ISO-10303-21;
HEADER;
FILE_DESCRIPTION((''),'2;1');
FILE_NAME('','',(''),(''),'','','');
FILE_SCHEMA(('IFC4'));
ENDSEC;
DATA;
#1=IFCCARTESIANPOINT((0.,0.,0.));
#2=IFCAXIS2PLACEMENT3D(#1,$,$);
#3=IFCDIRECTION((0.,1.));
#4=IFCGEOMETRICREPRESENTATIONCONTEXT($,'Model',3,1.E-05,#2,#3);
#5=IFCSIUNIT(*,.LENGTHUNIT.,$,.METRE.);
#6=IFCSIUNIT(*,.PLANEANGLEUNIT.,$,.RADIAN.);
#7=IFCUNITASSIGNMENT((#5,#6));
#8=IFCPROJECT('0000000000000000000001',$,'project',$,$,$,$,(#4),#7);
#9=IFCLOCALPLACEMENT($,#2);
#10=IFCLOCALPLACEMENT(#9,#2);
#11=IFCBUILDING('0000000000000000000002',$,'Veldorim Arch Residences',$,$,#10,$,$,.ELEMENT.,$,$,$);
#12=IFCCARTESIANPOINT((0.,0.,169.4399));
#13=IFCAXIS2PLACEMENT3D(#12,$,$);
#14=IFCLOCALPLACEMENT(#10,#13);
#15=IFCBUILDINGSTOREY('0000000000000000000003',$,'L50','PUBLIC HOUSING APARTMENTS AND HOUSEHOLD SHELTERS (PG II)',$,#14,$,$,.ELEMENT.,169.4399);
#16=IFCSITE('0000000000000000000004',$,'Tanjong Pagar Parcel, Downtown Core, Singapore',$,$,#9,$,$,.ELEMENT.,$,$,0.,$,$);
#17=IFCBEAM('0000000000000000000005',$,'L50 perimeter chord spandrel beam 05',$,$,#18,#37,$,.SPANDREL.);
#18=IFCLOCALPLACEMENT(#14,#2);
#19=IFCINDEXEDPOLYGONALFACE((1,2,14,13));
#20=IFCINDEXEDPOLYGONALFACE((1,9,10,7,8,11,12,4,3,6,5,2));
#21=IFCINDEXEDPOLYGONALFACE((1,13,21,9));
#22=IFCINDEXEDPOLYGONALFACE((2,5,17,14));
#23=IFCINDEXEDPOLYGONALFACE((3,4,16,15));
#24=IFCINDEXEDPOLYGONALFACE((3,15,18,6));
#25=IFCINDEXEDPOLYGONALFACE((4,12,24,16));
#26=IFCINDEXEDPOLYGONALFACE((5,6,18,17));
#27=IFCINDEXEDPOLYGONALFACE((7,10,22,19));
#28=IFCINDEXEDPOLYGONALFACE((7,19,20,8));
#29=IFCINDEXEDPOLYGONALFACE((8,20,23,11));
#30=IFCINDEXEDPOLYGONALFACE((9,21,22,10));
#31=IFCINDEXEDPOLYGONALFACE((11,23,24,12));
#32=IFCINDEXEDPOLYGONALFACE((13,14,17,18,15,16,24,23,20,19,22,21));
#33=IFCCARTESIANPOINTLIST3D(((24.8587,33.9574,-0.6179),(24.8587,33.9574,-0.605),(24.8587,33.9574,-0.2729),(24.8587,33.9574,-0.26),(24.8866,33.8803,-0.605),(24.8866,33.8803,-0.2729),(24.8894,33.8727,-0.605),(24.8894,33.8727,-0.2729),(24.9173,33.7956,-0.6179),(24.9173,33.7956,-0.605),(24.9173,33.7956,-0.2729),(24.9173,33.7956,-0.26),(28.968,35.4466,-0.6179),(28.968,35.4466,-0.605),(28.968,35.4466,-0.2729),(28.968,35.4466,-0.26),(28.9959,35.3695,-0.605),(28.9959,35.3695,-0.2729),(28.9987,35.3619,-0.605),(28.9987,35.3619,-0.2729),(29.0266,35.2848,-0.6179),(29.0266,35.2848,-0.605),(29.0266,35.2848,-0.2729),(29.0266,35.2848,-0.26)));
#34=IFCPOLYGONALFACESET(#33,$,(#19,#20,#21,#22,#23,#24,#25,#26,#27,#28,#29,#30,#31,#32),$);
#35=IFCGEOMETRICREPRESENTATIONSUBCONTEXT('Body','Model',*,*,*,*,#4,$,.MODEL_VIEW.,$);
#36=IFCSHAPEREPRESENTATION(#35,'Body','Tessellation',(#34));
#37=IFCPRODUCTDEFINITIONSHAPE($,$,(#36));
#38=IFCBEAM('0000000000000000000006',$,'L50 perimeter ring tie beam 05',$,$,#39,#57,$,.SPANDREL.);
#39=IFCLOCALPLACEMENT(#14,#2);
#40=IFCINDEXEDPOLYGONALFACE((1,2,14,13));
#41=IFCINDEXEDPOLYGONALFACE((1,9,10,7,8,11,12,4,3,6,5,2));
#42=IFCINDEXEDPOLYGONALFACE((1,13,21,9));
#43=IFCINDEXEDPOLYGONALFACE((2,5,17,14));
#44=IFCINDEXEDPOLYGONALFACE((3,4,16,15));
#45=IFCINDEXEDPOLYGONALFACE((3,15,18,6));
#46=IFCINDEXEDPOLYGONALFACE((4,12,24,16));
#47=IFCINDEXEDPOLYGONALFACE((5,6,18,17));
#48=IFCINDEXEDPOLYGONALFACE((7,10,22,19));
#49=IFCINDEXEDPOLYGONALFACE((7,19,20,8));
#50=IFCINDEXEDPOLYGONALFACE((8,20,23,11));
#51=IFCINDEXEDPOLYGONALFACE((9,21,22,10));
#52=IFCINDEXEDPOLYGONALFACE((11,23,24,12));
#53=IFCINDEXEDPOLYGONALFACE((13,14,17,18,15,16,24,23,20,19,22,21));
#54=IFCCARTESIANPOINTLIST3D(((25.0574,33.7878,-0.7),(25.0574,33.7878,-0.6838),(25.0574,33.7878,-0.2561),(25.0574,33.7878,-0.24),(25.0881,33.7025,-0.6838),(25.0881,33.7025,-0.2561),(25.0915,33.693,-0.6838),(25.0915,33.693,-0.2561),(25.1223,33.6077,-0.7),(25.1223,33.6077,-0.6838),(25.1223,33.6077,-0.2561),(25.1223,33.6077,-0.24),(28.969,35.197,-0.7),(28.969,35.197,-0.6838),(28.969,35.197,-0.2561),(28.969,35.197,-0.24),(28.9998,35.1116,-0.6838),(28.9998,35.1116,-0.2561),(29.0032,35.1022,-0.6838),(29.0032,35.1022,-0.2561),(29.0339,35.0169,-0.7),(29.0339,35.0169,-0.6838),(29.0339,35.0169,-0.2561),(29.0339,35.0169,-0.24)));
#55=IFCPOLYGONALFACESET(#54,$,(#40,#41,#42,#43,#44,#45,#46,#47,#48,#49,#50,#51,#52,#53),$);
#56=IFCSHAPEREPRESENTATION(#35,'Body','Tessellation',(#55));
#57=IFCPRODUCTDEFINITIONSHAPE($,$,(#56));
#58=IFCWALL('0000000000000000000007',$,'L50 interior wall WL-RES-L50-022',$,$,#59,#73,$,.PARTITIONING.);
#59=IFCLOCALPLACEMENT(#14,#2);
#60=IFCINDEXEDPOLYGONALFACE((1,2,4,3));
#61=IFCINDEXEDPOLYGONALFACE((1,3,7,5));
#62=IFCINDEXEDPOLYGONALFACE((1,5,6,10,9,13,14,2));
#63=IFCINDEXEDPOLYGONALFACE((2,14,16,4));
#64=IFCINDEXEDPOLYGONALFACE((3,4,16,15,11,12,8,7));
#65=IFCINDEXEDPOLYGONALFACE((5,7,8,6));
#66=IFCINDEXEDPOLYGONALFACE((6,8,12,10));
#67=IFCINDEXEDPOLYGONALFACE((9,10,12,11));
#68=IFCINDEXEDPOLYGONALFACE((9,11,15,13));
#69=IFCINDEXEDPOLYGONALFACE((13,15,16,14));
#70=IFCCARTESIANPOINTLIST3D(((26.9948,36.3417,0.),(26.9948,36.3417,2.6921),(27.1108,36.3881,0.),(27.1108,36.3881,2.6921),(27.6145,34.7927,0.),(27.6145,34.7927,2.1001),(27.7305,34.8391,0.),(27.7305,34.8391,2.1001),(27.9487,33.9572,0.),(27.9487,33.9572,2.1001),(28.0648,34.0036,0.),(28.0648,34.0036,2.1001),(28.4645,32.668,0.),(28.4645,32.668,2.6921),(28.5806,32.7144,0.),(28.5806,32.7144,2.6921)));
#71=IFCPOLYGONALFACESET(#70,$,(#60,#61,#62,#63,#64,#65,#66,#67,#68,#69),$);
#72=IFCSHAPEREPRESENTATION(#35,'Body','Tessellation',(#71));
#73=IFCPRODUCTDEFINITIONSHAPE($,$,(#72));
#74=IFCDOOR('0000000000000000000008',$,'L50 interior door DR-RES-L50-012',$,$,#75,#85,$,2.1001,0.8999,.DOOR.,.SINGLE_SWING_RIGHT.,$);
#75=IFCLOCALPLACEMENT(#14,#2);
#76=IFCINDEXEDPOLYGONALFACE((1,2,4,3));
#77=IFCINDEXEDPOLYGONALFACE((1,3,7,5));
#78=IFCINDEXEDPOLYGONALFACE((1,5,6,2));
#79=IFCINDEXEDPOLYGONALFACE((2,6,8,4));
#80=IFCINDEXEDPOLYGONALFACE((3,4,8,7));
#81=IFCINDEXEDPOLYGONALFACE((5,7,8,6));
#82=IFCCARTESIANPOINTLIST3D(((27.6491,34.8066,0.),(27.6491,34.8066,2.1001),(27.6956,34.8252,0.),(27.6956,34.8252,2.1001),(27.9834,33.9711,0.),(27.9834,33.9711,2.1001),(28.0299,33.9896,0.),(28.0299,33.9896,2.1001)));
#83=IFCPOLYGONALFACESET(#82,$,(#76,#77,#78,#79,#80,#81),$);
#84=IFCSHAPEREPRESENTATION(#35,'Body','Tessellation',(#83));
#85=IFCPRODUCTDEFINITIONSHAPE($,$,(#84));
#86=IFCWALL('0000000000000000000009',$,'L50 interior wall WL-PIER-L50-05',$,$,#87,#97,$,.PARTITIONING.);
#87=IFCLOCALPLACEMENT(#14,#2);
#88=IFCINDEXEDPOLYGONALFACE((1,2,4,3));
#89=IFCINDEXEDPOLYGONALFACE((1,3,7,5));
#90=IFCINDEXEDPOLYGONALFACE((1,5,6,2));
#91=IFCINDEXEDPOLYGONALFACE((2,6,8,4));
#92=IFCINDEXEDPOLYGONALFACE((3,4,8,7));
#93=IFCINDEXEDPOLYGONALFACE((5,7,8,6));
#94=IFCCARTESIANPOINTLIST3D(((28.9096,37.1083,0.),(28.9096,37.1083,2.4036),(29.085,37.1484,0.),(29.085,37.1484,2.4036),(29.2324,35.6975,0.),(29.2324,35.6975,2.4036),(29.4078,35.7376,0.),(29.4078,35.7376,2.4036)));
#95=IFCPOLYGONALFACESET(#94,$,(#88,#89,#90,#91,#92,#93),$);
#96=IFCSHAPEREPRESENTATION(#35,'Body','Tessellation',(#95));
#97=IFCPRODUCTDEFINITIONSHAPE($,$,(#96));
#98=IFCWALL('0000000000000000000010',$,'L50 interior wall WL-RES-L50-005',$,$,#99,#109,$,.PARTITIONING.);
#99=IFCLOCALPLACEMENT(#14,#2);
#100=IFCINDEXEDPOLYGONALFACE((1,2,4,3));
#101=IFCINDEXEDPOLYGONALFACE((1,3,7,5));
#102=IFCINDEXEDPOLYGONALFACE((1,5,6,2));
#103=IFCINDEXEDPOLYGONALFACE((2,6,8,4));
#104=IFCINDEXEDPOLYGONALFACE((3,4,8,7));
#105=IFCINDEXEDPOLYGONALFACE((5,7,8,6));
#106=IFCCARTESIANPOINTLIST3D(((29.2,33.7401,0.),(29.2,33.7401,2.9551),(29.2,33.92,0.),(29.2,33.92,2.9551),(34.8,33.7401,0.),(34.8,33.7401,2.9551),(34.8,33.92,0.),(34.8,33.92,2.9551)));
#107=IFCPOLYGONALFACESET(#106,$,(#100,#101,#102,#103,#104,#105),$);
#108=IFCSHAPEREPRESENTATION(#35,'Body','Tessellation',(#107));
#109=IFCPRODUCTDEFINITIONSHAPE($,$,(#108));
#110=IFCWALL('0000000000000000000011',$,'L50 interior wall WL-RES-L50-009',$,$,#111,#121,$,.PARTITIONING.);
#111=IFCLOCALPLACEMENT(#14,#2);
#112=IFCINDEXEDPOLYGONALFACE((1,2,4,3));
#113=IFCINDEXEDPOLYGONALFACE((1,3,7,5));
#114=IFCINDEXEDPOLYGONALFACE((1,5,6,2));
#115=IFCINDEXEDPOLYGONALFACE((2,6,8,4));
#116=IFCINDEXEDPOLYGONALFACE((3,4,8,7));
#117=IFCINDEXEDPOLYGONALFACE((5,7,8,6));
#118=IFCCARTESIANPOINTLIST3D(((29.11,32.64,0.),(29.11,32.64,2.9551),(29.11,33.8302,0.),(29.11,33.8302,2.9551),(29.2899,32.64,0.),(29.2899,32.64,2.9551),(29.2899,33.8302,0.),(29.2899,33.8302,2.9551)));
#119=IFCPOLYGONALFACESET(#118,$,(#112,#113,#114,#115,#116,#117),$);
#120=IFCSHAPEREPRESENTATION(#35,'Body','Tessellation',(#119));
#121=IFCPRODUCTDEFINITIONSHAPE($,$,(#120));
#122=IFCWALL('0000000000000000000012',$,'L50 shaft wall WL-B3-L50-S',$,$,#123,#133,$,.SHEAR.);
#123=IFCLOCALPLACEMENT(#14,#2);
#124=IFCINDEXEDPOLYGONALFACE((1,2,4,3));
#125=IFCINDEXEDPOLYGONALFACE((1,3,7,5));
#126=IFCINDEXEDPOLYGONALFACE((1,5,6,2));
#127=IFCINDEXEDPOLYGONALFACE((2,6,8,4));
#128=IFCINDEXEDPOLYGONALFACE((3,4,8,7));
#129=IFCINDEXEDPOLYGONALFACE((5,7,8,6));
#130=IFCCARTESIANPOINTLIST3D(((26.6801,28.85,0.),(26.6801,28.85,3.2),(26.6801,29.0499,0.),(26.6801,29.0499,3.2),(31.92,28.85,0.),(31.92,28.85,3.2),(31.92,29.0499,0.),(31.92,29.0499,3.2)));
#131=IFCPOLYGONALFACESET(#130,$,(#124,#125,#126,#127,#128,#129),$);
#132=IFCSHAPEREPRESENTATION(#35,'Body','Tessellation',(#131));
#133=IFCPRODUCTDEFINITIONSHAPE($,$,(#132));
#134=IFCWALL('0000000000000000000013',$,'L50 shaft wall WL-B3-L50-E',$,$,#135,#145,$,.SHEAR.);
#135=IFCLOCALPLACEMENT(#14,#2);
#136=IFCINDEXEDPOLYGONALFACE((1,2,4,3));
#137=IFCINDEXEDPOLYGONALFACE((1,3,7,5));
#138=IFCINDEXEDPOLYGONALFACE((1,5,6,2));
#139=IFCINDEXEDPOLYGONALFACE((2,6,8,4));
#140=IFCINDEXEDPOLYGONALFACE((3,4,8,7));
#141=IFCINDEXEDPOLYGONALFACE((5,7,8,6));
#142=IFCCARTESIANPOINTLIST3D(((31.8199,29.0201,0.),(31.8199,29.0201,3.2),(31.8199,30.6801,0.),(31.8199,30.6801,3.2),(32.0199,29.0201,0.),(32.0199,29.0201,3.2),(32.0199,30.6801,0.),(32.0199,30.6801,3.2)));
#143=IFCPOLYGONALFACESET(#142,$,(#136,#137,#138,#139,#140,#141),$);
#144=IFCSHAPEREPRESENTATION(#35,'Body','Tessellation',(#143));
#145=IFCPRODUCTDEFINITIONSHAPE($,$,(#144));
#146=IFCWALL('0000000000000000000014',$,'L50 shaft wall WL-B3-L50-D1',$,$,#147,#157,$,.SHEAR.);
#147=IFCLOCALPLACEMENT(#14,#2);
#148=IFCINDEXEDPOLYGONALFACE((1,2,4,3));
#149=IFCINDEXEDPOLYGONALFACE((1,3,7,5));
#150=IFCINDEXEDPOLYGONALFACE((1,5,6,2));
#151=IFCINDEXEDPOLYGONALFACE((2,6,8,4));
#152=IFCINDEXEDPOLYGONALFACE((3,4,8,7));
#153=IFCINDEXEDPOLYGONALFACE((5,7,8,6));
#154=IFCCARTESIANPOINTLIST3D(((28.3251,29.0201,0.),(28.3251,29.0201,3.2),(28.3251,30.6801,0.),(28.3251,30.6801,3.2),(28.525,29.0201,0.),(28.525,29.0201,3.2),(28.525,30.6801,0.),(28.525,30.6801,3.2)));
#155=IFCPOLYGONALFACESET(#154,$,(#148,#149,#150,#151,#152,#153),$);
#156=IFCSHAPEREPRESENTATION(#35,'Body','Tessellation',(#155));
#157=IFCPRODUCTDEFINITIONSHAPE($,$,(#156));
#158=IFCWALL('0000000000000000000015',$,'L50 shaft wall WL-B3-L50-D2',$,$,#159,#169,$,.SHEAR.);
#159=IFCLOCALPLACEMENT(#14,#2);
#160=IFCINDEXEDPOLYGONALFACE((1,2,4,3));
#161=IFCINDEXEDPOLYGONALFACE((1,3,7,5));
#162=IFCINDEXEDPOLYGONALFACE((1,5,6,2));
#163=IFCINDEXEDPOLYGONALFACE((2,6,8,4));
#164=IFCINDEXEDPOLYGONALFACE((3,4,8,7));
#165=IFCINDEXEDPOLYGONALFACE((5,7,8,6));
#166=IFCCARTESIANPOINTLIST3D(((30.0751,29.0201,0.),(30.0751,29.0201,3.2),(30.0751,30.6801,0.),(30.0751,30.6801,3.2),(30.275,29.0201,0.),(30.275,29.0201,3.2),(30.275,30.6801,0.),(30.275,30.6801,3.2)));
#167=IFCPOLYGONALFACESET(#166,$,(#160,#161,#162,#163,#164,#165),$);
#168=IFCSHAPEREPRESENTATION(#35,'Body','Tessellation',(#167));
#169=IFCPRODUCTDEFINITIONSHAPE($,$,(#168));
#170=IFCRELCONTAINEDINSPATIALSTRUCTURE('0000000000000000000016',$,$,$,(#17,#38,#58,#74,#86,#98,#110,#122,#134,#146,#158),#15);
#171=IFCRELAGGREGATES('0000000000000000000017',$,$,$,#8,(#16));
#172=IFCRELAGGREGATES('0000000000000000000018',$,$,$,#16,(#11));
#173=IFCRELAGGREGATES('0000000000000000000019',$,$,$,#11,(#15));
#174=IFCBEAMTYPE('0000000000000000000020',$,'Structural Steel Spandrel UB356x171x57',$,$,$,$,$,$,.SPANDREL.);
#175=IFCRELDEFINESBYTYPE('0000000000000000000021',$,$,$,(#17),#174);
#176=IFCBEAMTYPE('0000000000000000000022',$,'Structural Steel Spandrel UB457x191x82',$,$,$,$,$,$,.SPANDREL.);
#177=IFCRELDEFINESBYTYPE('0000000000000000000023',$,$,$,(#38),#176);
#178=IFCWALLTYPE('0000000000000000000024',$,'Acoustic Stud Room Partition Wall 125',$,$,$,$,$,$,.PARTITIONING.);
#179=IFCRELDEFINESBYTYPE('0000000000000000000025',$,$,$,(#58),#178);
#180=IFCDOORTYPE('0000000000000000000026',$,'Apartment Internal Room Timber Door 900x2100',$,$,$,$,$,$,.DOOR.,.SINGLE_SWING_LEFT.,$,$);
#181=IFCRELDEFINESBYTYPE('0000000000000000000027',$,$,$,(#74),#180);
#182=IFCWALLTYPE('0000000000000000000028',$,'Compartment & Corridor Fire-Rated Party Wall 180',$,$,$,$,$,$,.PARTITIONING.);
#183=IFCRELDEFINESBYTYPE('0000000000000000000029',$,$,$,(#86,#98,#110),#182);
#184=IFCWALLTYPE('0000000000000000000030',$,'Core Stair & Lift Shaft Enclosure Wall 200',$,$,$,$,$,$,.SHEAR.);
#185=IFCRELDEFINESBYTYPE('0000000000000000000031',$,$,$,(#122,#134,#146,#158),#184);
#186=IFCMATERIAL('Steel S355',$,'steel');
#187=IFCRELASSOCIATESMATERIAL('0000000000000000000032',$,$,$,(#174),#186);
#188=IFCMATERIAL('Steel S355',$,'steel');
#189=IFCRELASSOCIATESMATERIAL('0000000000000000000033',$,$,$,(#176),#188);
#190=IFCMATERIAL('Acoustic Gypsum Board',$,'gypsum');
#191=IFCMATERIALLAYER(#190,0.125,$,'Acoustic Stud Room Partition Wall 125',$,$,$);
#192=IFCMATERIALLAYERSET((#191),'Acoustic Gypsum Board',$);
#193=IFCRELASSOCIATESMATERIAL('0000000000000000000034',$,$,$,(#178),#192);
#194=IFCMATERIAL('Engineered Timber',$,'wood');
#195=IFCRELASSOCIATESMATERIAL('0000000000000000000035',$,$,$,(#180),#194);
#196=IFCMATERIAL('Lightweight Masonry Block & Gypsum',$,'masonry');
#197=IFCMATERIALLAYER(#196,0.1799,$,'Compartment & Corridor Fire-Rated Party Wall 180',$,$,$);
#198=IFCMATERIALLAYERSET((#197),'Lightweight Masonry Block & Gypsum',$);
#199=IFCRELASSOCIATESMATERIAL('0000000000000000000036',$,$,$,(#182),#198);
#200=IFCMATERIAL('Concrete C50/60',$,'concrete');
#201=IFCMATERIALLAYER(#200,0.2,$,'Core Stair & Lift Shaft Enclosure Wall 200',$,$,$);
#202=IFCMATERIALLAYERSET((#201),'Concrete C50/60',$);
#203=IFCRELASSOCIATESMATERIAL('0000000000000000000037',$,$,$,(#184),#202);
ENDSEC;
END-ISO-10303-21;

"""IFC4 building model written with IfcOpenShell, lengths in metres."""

from ifc_helpers import new_model, si_unit, direction, frame, frame_2d, origin, origin_2d, place, context, subcontext, project, spatial, rectangle, i_section, extrude, material, layer, layer_set, material_profile, profile_set, type_object, element, fill, save


model = new_model("IFC4")

# Units and contexts
model_context = context("Model", 3, precision=1e-05, world=origin(), true_north=direction((0.0, 1.0)))
body_context = subcontext(model_context, "Body", "Model", "MODEL_VIEW")
ifc_project = project(units=[si_unit("LENGTHUNIT", "METRE"), si_unit("PLANEANGLEUNIT", "RADIAN")], contexts=[model_context])

# Site, building, storey
site_placement = place(None, origin())
site = spatial("IfcSite", under=ifc_project, at=site_placement, Name="Tanjong Pagar Parcel, Downtown Core, Singapore", CompositionType="ELEMENT", RefElevation=0.0)
building_placement = place(site_placement, origin())
building = spatial("IfcBuilding", under=site, at=building_placement, Name="Veldorim Arch Residences", CompositionType="ELEMENT")
storey_placement = place(building_placement, frame((0.0, 0.0, 169.4399)))
storey = spatial("IfcBuildingStorey", under=building, at=storey_placement, Name="L50", Description="PUBLIC HOUSING APARTMENTS AND HOUSEHOLD SHELTERS (PG II)", CompositionType="ELEMENT", Elevation=169.4399)

# Beams
ifc_material_1 = material(Name="Steel S355", Category="steel")
ifc_material_profile_1 = material_profile(ifc_material_1, i_section(OverallWidth=0.1721, OverallDepth=0.3579, WebThickness=0.0081, FlangeThickness=0.0129, at=origin_2d()), Name="UB356x171x57")
ifc_profile_set_1 = profile_set([ifc_material_profile_1], Name="Steel S355")
beam_type_1 = type_object("IfcBeamType", Name="Structural Steel Spandrel UB356x171x57", PredefinedType="SPANDREL", material=ifc_profile_set_1)
beam_1_placement = place(storey_placement, frame((28.9973, 35.3657, -0.439), z_axis=(-0.940165, -0.34072, 0.0), x_axis=(0.34072, -0.940165, 0.0)))
element("IfcBeam", 1, at=beam_1_placement, inside=storey, type_object=beam_type_1, Name="L50 perimeter chord spandrel beam 05", PredefinedType="SPANDREL", context=body_context, shape_type="SweptSolid", body=[
    extrude(i_section(OverallWidth=0.1721, OverallDepth=0.3579, WebThickness=0.0081, FlangeThickness=0.0129, at=origin_2d()), origin(), (0.0, 0.0, 1.0), 4.3708),
])
ifc_material_2 = material(Name="Steel S355", Category="steel")
ifc_material_profile_2 = material_profile(ifc_material_2, i_section(OverallWidth=0.1914, OverallDepth=0.46, WebThickness=0.01, FlangeThickness=0.0161, at=origin_2d()), Name="UB457x191x82")
ifc_profile_set_2 = profile_set([ifc_material_profile_2], Name="Steel S355")
beam_type_2 = type_object("IfcBeamType", Name="Structural Steel Spandrel UB457x191x82", PredefinedType="SPANDREL", material=ifc_profile_set_2)
beam_2_placement = place(storey_placement, frame((29.0015, 35.1069, -0.47), z_axis=(-0.940811, -0.338932, 0.0), x_axis=(0.338932, -0.940811, 0.0)))
element("IfcBeam", 2, at=beam_2_placement, inside=storey, type_object=beam_type_2, Name="L50 perimeter ring tie beam 05", PredefinedType="SPANDREL", context=body_context, shape_type="SweptSolid", body=[
    extrude(i_section(OverallWidth=0.1914, OverallDepth=0.46, WebThickness=0.01, FlangeThickness=0.0161, at=origin_2d()), origin(), (0.0, 0.0, 1.0), 4.1577),
])

# Wall, opening, door
ifc_material_3 = material(Name="Acoustic Gypsum Board", Category="gypsum")
ifc_layer_1 = layer(ifc_material_3, 0.125, Name="Acoustic Stud Room Partition Wall 125")
ifc_layer_set_1 = layer_set([ifc_layer_1], Name="Acoustic Gypsum Board")
wall_type_1 = type_object("IfcWallType", Name="Acoustic Stud Room Partition Wall 125", PredefinedType="PARTITIONING", material=ifc_layer_set_1)
wall_1_placement = place(storey_placement, frame((27.0527, 36.365, 0.0), z_axis=(0.0, 0.0, 1.0), x_axis=(0.371455, -0.928451, 0.0)))
wall_1 = element("IfcWall", 3, at=wall_1_placement, inside=storey, type_object=wall_type_1, Name="L50 interior wall WL-RES-L50-022", PredefinedType="PARTITIONING", context=body_context, shape_type="SweptSolid", body=[
    extrude(rectangle(XDim=3.9568, YDim=0.125, at=frame_2d((1.9785, 0.0))), origin(), (0.0, 0.0, 1.0), 2.6921),
])
opening_1_placement = place(wall_1_placement, frame((1.6685, 0.0, 0.0)))
opening_1 = element("IfcOpeningElement", 4, at=opening_1_placement, cuts=wall_1, PredefinedType="OPENING", context=body_context, shape_type="SweptSolid", body=[
    extrude(rectangle(XDim=0.8999, YDim=2.1001, at=frame_2d((0.45, 1.05))), frame((0.0, 0.0725, 0.0), z_axis=(0.0, -1.0, 0.0), x_axis=(1.0, 0.0, 0.0)), (0.0, 0.0, 1.0), 0.145),
])
ifc_material_4 = material(Name="Engineered Timber", Category="wood")
door_type = type_object("IfcDoorType", Name="Apartment Internal Room Timber Door 900x2100", OperationType="SINGLE_SWING_LEFT", PredefinedType="DOOR", material=ifc_material_4)
door_placement = place(opening_1_placement, origin())
door = element("IfcDoor", 5, at=door_placement, inside=storey, type_object=door_type, Name="L50 interior door DR-RES-L50-012", OperationType="SINGLE_SWING_RIGHT", OverallHeight=2.1001, OverallWidth=0.8999, PredefinedType="DOOR", context=body_context, shape_type="SweptSolid", body=[
    extrude(rectangle(XDim=0.8999, YDim=2.1001, at=frame_2d((0.45, 1.05))), frame((0.0, 0.0249, 0.0), z_axis=(0.0, -1.0, 0.0), x_axis=(1.0, 0.0, 0.0)), (0.0, 0.0, 1.0), 0.05),
])
fill(opening_1, door)

# Walls
ifc_material_5 = material(Name="Lightweight Masonry Block & Gypsum", Category="masonry")
ifc_layer_2 = layer(ifc_material_5, 0.1799, Name="Compartment & Corridor Fire-Rated Party Wall 180")
ifc_layer_set_2 = layer_set([ifc_layer_2], Name="Lightweight Masonry Block & Gypsum")
wall_type_2 = type_object("IfcWallType", Name="Compartment & Corridor Fire-Rated Party Wall 180", PredefinedType="PARTITIONING", material=ifc_layer_set_2)
wall_2_placement = place(storey_placement, frame((29.3201, 35.7175, 0.0), z_axis=(0.0, 0.0, 1.0), x_axis=(-0.222999, 0.974819, 0.0)))
element("IfcWall", 6, at=wall_2_placement, inside=storey, type_object=wall_type_2, Name="L50 interior wall WL-PIER-L50-05", PredefinedType="PARTITIONING", context=body_context, shape_type="SweptSolid", body=[
    extrude(rectangle(XDim=1.4473, YDim=0.1799, at=frame_2d((0.7236, 0.0))), origin(), (0.0, 0.0, 1.0), 2.4036),
])
wall_3_placement = place(storey_placement, frame((29.2, 33.8301, 0.0), z_axis=(0.0, 0.0, 1.0), x_axis=(1.0, 0.0, 0.0)))
element("IfcWall", 7, at=wall_3_placement, inside=storey, type_object=wall_type_2, Name="L50 interior wall WL-RES-L50-005", PredefinedType="PARTITIONING", context=body_context, shape_type="SweptSolid", body=[
    extrude(rectangle(XDim=5.6001, YDim=0.1799, at=frame_2d((2.8, 0.0))), origin(), (0.0, 0.0, 1.0), 2.9551),
])
wall_4_placement = place(storey_placement, frame((29.2, 32.6399, 0.0), z_axis=(0.0, 0.0, 1.0), x_axis=(0.0, 1.0, 0.0)))
element("IfcWall", 8, at=wall_4_placement, inside=storey, type_object=wall_type_2, Name="L50 interior wall WL-RES-L50-009", PredefinedType="PARTITIONING", context=body_context, shape_type="SweptSolid", body=[
    extrude(rectangle(XDim=1.1902, YDim=0.1799, at=frame_2d((0.5952, 0.0))), origin(), (0.0, 0.0, 1.0), 2.9551),
])
ifc_material_6 = material(Name="Concrete C50/60", Category="concrete")
ifc_layer_3 = layer(ifc_material_6, 0.2, Name="Core Stair & Lift Shaft Enclosure Wall 200")
ifc_layer_set_3 = layer_set([ifc_layer_3], Name="Concrete C50/60")
wall_type_3 = type_object("IfcWallType", Name="Core Stair & Lift Shaft Enclosure Wall 200", PredefinedType="SHEAR", material=ifc_layer_set_3)
wall_5_placement = place(storey_placement, frame((26.6799, 28.95, 0.0), z_axis=(0.0, 0.0, 1.0), x_axis=(1.0, 0.0, 0.0)))
element("IfcWall", 9, at=wall_5_placement, inside=storey, type_object=wall_type_3, Name="L50 shaft wall WL-B3-L50-S", PredefinedType="SHEAR", context=body_context, shape_type="SweptSolid", body=[
    extrude(rectangle(XDim=5.24, YDim=0.2, at=frame_2d((2.6201, 0.0))), origin(), (0.0, 0.0, 1.0), 3.2),
])
for number, where, z_axis, x_axis, name in (
    (10, (31.9199, 29.02, 0.0), (0.0, 0.0, 1.0), (0.0, 1.0, 0.0), "L50 shaft wall WL-B3-L50-E"),
    (11, (28.425, 29.02, 0.0), (0.0, 0.0, 1.0), (0.0, 1.0, 0.0), "L50 shaft wall WL-B3-L50-D1"),
    (12, (30.175, 29.02, 0.0), (0.0, 0.0, 1.0), (0.0, 1.0, 0.0), "L50 shaft wall WL-B3-L50-D2"),
):
    element("IfcWall", number, at=place(storey_placement, frame(where, z_axis=z_axis, x_axis=x_axis)), inside=storey, type_object=wall_type_3, Name=name, PredefinedType="SHEAR", context=body_context, shape_type="SweptSolid", body=[
        extrude(rectangle(XDim=1.6599, YDim=0.2, at=frame_2d((0.8301, 0.0))), origin(), (0.0, 0.0, 1.0), 3.2),
    ])

save(model, "model.ifc")
